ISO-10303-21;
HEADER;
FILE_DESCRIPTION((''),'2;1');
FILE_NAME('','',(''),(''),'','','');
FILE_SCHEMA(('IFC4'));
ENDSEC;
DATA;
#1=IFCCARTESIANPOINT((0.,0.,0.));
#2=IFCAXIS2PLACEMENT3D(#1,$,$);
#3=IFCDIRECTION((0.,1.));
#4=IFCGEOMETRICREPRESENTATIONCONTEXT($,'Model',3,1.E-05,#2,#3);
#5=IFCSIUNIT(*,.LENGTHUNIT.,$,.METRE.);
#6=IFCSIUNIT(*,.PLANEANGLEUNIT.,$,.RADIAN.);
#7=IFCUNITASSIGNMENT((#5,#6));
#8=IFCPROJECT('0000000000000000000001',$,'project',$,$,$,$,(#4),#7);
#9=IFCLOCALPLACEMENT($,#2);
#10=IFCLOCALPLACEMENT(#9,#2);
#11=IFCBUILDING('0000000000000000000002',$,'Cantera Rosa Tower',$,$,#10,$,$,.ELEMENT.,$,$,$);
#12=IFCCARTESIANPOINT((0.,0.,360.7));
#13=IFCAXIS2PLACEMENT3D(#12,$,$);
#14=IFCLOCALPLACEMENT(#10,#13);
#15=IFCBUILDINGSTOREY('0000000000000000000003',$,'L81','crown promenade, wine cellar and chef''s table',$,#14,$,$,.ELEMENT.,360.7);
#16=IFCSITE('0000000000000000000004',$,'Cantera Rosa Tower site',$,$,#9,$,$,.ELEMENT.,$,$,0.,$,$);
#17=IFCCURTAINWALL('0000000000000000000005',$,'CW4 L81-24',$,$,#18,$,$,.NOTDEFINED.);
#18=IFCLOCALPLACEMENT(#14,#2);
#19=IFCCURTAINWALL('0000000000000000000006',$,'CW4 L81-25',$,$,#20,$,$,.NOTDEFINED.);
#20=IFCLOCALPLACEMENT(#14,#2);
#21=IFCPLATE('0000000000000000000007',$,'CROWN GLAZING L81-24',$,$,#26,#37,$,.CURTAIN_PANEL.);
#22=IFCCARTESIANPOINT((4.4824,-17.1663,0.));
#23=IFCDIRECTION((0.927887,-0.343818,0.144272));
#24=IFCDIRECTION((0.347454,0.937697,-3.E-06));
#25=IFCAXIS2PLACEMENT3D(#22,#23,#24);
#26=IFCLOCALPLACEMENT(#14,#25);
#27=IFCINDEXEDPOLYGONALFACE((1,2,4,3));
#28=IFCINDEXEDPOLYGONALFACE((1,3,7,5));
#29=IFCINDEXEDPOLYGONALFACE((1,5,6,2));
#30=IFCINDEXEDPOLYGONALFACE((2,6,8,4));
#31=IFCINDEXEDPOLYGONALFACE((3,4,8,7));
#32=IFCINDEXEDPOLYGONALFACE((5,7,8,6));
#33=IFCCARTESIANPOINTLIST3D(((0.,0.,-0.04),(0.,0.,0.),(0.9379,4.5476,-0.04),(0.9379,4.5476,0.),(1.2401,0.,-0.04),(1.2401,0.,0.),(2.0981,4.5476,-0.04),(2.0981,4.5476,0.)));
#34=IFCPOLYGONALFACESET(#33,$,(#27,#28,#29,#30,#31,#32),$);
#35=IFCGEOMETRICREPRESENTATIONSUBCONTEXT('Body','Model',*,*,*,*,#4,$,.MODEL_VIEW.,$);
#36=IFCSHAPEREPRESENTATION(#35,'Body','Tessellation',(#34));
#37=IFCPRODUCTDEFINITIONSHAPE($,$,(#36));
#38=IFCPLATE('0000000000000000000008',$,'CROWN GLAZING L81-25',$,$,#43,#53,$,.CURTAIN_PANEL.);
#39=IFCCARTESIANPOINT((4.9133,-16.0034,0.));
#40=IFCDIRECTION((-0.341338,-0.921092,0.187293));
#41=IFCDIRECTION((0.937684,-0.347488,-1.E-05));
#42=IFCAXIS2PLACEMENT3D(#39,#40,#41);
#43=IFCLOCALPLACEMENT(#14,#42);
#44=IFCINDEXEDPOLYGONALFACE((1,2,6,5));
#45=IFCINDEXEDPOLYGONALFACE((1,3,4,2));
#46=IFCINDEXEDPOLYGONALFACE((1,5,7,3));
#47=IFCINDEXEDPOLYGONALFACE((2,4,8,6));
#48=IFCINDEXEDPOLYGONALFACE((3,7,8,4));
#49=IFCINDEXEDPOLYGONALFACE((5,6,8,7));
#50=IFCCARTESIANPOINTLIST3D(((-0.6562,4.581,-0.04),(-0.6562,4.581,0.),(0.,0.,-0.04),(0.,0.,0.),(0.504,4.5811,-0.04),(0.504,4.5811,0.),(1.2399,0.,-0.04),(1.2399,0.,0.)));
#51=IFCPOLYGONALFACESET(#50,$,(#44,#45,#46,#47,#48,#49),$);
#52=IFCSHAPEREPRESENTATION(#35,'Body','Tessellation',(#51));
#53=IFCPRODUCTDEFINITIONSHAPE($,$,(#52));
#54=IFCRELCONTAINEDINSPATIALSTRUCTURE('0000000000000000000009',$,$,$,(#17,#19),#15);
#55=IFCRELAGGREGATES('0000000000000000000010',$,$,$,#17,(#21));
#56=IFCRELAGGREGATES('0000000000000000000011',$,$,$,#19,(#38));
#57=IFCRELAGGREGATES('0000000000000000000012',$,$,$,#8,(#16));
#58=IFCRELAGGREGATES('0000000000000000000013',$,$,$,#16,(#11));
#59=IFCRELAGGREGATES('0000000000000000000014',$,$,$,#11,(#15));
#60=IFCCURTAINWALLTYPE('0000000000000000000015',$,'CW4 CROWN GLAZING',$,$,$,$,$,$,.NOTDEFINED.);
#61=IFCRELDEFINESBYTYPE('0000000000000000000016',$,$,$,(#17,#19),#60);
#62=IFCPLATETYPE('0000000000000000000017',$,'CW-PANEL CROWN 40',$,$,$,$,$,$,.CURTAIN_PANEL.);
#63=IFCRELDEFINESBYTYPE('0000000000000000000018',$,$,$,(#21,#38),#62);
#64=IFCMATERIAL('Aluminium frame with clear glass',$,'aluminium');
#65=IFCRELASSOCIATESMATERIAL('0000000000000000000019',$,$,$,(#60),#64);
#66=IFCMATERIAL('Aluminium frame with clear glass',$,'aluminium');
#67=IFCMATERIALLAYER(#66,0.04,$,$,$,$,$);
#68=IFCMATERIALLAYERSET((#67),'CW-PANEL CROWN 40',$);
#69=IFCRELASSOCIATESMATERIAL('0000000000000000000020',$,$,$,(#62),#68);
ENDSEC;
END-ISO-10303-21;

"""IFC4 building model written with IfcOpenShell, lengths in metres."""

from ifc_helpers import new_model, si_unit, direction, frame, origin, place, context, subcontext, project, spatial, polyline, outline, extrude, material, layer, layer_set, type_object, element, aggregate, save


model = new_model("IFC4")

# Units and contexts
model_context = context("Model", 3, precision=1e-05, world=origin(), true_north=direction((0.0, 1.0)))
body_context = subcontext(model_context, "Body", "Model", "MODEL_VIEW")
ifc_project = project(units=[si_unit("LENGTHUNIT", "METRE"), si_unit("PLANEANGLEUNIT", "RADIAN")], contexts=[model_context])

# Site, building, storey
site_placement = place(None, origin())
site = spatial("IfcSite", under=ifc_project, at=site_placement, Name="Cantera Rosa Tower site", CompositionType="ELEMENT", RefElevation=0.0)
building_placement = place(site_placement, origin())
building = spatial("IfcBuilding", under=site, at=building_placement, Name="Cantera Rosa Tower", CompositionType="ELEMENT")
storey_placement = place(building_placement, frame((0.0, 0.0, 360.7)))
storey = spatial("IfcBuildingStorey", under=building, at=storey_placement, Name="L81", Description="crown promenade, wine cellar and chef's table", CompositionType="ELEMENT", Elevation=360.7)

# Curtain walls
ifc_material_1 = material(Name="Aluminium frame with clear glass", Category="aluminium")
curtain_wall_type = type_object("IfcCurtainWallType", Name="CW4 CROWN GLAZING", PredefinedType="NOTDEFINED", material=ifc_material_1)
curtain_wall_1_placement = place(storey_placement, origin())
curtain_wall_1 = element("IfcCurtainWall", 1, at=curtain_wall_1_placement, inside=storey, type_object=curtain_wall_type, Name="CW4 L81-24", PredefinedType="NOTDEFINED")
curtain_wall_2_placement = place(storey_placement, origin())
curtain_wall_2 = element("IfcCurtainWall", 2, at=curtain_wall_2_placement, inside=storey, type_object=curtain_wall_type, Name="CW4 L81-25", PredefinedType="NOTDEFINED")

# Plates
ifc_material_2 = material(Name="Aluminium frame with clear glass", Category="aluminium")
ifc_layer_1 = layer(ifc_material_2, 0.04)
ifc_layer_set_1 = layer_set([ifc_layer_1], Name="CW-PANEL CROWN 40")
plate_type = type_object("IfcPlateType", Name="CW-PANEL CROWN 40", PredefinedType="CURTAIN_PANEL", material=ifc_layer_set_1)
plate_1_placement = place(storey_placement, frame((4.4824, -17.1663, 0.0), z_axis=(0.927887, -0.343818, 0.144272), x_axis=(0.347454, 0.937697, -0.000003)))
plate_1 = element("IfcPlate", 3, at=plate_1_placement, type_object=plate_type, Name="CROWN GLAZING L81-24", PredefinedType="CURTAIN_PANEL", context=body_context, shape_type="SweptSolid", body=[
    extrude(outline(polyline([(0.0, 0.0), (1.2401, 0.0), (2.0981, 4.5476), (0.9379, 4.5476), (0.0, 0.0)])), origin(), (0.0, 0.0, -1.0), 0.04),
])
plate_2_placement = place(storey_placement, frame((4.9133, -16.0034, 0.0), z_axis=(-0.341338, -0.921092, 0.187293), x_axis=(0.937684, -0.347488, -0.00001)))
plate_2 = element("IfcPlate", 4, at=plate_2_placement, type_object=plate_type, Name="CROWN GLAZING L81-25", PredefinedType="CURTAIN_PANEL", context=body_context, shape_type="SweptSolid", body=[
    extrude(outline(polyline([(0.0, 0.0), (1.2399, 0.0), (0.504, 4.5811), (-0.6562, 4.581), (0.0, 0.0)])), origin(), (0.0, 0.0, -1.0), 0.04),
])

aggregate(curtain_wall_1, [plate_1])
aggregate(curtain_wall_2, [plate_2])

save(model, "model.ifc")
